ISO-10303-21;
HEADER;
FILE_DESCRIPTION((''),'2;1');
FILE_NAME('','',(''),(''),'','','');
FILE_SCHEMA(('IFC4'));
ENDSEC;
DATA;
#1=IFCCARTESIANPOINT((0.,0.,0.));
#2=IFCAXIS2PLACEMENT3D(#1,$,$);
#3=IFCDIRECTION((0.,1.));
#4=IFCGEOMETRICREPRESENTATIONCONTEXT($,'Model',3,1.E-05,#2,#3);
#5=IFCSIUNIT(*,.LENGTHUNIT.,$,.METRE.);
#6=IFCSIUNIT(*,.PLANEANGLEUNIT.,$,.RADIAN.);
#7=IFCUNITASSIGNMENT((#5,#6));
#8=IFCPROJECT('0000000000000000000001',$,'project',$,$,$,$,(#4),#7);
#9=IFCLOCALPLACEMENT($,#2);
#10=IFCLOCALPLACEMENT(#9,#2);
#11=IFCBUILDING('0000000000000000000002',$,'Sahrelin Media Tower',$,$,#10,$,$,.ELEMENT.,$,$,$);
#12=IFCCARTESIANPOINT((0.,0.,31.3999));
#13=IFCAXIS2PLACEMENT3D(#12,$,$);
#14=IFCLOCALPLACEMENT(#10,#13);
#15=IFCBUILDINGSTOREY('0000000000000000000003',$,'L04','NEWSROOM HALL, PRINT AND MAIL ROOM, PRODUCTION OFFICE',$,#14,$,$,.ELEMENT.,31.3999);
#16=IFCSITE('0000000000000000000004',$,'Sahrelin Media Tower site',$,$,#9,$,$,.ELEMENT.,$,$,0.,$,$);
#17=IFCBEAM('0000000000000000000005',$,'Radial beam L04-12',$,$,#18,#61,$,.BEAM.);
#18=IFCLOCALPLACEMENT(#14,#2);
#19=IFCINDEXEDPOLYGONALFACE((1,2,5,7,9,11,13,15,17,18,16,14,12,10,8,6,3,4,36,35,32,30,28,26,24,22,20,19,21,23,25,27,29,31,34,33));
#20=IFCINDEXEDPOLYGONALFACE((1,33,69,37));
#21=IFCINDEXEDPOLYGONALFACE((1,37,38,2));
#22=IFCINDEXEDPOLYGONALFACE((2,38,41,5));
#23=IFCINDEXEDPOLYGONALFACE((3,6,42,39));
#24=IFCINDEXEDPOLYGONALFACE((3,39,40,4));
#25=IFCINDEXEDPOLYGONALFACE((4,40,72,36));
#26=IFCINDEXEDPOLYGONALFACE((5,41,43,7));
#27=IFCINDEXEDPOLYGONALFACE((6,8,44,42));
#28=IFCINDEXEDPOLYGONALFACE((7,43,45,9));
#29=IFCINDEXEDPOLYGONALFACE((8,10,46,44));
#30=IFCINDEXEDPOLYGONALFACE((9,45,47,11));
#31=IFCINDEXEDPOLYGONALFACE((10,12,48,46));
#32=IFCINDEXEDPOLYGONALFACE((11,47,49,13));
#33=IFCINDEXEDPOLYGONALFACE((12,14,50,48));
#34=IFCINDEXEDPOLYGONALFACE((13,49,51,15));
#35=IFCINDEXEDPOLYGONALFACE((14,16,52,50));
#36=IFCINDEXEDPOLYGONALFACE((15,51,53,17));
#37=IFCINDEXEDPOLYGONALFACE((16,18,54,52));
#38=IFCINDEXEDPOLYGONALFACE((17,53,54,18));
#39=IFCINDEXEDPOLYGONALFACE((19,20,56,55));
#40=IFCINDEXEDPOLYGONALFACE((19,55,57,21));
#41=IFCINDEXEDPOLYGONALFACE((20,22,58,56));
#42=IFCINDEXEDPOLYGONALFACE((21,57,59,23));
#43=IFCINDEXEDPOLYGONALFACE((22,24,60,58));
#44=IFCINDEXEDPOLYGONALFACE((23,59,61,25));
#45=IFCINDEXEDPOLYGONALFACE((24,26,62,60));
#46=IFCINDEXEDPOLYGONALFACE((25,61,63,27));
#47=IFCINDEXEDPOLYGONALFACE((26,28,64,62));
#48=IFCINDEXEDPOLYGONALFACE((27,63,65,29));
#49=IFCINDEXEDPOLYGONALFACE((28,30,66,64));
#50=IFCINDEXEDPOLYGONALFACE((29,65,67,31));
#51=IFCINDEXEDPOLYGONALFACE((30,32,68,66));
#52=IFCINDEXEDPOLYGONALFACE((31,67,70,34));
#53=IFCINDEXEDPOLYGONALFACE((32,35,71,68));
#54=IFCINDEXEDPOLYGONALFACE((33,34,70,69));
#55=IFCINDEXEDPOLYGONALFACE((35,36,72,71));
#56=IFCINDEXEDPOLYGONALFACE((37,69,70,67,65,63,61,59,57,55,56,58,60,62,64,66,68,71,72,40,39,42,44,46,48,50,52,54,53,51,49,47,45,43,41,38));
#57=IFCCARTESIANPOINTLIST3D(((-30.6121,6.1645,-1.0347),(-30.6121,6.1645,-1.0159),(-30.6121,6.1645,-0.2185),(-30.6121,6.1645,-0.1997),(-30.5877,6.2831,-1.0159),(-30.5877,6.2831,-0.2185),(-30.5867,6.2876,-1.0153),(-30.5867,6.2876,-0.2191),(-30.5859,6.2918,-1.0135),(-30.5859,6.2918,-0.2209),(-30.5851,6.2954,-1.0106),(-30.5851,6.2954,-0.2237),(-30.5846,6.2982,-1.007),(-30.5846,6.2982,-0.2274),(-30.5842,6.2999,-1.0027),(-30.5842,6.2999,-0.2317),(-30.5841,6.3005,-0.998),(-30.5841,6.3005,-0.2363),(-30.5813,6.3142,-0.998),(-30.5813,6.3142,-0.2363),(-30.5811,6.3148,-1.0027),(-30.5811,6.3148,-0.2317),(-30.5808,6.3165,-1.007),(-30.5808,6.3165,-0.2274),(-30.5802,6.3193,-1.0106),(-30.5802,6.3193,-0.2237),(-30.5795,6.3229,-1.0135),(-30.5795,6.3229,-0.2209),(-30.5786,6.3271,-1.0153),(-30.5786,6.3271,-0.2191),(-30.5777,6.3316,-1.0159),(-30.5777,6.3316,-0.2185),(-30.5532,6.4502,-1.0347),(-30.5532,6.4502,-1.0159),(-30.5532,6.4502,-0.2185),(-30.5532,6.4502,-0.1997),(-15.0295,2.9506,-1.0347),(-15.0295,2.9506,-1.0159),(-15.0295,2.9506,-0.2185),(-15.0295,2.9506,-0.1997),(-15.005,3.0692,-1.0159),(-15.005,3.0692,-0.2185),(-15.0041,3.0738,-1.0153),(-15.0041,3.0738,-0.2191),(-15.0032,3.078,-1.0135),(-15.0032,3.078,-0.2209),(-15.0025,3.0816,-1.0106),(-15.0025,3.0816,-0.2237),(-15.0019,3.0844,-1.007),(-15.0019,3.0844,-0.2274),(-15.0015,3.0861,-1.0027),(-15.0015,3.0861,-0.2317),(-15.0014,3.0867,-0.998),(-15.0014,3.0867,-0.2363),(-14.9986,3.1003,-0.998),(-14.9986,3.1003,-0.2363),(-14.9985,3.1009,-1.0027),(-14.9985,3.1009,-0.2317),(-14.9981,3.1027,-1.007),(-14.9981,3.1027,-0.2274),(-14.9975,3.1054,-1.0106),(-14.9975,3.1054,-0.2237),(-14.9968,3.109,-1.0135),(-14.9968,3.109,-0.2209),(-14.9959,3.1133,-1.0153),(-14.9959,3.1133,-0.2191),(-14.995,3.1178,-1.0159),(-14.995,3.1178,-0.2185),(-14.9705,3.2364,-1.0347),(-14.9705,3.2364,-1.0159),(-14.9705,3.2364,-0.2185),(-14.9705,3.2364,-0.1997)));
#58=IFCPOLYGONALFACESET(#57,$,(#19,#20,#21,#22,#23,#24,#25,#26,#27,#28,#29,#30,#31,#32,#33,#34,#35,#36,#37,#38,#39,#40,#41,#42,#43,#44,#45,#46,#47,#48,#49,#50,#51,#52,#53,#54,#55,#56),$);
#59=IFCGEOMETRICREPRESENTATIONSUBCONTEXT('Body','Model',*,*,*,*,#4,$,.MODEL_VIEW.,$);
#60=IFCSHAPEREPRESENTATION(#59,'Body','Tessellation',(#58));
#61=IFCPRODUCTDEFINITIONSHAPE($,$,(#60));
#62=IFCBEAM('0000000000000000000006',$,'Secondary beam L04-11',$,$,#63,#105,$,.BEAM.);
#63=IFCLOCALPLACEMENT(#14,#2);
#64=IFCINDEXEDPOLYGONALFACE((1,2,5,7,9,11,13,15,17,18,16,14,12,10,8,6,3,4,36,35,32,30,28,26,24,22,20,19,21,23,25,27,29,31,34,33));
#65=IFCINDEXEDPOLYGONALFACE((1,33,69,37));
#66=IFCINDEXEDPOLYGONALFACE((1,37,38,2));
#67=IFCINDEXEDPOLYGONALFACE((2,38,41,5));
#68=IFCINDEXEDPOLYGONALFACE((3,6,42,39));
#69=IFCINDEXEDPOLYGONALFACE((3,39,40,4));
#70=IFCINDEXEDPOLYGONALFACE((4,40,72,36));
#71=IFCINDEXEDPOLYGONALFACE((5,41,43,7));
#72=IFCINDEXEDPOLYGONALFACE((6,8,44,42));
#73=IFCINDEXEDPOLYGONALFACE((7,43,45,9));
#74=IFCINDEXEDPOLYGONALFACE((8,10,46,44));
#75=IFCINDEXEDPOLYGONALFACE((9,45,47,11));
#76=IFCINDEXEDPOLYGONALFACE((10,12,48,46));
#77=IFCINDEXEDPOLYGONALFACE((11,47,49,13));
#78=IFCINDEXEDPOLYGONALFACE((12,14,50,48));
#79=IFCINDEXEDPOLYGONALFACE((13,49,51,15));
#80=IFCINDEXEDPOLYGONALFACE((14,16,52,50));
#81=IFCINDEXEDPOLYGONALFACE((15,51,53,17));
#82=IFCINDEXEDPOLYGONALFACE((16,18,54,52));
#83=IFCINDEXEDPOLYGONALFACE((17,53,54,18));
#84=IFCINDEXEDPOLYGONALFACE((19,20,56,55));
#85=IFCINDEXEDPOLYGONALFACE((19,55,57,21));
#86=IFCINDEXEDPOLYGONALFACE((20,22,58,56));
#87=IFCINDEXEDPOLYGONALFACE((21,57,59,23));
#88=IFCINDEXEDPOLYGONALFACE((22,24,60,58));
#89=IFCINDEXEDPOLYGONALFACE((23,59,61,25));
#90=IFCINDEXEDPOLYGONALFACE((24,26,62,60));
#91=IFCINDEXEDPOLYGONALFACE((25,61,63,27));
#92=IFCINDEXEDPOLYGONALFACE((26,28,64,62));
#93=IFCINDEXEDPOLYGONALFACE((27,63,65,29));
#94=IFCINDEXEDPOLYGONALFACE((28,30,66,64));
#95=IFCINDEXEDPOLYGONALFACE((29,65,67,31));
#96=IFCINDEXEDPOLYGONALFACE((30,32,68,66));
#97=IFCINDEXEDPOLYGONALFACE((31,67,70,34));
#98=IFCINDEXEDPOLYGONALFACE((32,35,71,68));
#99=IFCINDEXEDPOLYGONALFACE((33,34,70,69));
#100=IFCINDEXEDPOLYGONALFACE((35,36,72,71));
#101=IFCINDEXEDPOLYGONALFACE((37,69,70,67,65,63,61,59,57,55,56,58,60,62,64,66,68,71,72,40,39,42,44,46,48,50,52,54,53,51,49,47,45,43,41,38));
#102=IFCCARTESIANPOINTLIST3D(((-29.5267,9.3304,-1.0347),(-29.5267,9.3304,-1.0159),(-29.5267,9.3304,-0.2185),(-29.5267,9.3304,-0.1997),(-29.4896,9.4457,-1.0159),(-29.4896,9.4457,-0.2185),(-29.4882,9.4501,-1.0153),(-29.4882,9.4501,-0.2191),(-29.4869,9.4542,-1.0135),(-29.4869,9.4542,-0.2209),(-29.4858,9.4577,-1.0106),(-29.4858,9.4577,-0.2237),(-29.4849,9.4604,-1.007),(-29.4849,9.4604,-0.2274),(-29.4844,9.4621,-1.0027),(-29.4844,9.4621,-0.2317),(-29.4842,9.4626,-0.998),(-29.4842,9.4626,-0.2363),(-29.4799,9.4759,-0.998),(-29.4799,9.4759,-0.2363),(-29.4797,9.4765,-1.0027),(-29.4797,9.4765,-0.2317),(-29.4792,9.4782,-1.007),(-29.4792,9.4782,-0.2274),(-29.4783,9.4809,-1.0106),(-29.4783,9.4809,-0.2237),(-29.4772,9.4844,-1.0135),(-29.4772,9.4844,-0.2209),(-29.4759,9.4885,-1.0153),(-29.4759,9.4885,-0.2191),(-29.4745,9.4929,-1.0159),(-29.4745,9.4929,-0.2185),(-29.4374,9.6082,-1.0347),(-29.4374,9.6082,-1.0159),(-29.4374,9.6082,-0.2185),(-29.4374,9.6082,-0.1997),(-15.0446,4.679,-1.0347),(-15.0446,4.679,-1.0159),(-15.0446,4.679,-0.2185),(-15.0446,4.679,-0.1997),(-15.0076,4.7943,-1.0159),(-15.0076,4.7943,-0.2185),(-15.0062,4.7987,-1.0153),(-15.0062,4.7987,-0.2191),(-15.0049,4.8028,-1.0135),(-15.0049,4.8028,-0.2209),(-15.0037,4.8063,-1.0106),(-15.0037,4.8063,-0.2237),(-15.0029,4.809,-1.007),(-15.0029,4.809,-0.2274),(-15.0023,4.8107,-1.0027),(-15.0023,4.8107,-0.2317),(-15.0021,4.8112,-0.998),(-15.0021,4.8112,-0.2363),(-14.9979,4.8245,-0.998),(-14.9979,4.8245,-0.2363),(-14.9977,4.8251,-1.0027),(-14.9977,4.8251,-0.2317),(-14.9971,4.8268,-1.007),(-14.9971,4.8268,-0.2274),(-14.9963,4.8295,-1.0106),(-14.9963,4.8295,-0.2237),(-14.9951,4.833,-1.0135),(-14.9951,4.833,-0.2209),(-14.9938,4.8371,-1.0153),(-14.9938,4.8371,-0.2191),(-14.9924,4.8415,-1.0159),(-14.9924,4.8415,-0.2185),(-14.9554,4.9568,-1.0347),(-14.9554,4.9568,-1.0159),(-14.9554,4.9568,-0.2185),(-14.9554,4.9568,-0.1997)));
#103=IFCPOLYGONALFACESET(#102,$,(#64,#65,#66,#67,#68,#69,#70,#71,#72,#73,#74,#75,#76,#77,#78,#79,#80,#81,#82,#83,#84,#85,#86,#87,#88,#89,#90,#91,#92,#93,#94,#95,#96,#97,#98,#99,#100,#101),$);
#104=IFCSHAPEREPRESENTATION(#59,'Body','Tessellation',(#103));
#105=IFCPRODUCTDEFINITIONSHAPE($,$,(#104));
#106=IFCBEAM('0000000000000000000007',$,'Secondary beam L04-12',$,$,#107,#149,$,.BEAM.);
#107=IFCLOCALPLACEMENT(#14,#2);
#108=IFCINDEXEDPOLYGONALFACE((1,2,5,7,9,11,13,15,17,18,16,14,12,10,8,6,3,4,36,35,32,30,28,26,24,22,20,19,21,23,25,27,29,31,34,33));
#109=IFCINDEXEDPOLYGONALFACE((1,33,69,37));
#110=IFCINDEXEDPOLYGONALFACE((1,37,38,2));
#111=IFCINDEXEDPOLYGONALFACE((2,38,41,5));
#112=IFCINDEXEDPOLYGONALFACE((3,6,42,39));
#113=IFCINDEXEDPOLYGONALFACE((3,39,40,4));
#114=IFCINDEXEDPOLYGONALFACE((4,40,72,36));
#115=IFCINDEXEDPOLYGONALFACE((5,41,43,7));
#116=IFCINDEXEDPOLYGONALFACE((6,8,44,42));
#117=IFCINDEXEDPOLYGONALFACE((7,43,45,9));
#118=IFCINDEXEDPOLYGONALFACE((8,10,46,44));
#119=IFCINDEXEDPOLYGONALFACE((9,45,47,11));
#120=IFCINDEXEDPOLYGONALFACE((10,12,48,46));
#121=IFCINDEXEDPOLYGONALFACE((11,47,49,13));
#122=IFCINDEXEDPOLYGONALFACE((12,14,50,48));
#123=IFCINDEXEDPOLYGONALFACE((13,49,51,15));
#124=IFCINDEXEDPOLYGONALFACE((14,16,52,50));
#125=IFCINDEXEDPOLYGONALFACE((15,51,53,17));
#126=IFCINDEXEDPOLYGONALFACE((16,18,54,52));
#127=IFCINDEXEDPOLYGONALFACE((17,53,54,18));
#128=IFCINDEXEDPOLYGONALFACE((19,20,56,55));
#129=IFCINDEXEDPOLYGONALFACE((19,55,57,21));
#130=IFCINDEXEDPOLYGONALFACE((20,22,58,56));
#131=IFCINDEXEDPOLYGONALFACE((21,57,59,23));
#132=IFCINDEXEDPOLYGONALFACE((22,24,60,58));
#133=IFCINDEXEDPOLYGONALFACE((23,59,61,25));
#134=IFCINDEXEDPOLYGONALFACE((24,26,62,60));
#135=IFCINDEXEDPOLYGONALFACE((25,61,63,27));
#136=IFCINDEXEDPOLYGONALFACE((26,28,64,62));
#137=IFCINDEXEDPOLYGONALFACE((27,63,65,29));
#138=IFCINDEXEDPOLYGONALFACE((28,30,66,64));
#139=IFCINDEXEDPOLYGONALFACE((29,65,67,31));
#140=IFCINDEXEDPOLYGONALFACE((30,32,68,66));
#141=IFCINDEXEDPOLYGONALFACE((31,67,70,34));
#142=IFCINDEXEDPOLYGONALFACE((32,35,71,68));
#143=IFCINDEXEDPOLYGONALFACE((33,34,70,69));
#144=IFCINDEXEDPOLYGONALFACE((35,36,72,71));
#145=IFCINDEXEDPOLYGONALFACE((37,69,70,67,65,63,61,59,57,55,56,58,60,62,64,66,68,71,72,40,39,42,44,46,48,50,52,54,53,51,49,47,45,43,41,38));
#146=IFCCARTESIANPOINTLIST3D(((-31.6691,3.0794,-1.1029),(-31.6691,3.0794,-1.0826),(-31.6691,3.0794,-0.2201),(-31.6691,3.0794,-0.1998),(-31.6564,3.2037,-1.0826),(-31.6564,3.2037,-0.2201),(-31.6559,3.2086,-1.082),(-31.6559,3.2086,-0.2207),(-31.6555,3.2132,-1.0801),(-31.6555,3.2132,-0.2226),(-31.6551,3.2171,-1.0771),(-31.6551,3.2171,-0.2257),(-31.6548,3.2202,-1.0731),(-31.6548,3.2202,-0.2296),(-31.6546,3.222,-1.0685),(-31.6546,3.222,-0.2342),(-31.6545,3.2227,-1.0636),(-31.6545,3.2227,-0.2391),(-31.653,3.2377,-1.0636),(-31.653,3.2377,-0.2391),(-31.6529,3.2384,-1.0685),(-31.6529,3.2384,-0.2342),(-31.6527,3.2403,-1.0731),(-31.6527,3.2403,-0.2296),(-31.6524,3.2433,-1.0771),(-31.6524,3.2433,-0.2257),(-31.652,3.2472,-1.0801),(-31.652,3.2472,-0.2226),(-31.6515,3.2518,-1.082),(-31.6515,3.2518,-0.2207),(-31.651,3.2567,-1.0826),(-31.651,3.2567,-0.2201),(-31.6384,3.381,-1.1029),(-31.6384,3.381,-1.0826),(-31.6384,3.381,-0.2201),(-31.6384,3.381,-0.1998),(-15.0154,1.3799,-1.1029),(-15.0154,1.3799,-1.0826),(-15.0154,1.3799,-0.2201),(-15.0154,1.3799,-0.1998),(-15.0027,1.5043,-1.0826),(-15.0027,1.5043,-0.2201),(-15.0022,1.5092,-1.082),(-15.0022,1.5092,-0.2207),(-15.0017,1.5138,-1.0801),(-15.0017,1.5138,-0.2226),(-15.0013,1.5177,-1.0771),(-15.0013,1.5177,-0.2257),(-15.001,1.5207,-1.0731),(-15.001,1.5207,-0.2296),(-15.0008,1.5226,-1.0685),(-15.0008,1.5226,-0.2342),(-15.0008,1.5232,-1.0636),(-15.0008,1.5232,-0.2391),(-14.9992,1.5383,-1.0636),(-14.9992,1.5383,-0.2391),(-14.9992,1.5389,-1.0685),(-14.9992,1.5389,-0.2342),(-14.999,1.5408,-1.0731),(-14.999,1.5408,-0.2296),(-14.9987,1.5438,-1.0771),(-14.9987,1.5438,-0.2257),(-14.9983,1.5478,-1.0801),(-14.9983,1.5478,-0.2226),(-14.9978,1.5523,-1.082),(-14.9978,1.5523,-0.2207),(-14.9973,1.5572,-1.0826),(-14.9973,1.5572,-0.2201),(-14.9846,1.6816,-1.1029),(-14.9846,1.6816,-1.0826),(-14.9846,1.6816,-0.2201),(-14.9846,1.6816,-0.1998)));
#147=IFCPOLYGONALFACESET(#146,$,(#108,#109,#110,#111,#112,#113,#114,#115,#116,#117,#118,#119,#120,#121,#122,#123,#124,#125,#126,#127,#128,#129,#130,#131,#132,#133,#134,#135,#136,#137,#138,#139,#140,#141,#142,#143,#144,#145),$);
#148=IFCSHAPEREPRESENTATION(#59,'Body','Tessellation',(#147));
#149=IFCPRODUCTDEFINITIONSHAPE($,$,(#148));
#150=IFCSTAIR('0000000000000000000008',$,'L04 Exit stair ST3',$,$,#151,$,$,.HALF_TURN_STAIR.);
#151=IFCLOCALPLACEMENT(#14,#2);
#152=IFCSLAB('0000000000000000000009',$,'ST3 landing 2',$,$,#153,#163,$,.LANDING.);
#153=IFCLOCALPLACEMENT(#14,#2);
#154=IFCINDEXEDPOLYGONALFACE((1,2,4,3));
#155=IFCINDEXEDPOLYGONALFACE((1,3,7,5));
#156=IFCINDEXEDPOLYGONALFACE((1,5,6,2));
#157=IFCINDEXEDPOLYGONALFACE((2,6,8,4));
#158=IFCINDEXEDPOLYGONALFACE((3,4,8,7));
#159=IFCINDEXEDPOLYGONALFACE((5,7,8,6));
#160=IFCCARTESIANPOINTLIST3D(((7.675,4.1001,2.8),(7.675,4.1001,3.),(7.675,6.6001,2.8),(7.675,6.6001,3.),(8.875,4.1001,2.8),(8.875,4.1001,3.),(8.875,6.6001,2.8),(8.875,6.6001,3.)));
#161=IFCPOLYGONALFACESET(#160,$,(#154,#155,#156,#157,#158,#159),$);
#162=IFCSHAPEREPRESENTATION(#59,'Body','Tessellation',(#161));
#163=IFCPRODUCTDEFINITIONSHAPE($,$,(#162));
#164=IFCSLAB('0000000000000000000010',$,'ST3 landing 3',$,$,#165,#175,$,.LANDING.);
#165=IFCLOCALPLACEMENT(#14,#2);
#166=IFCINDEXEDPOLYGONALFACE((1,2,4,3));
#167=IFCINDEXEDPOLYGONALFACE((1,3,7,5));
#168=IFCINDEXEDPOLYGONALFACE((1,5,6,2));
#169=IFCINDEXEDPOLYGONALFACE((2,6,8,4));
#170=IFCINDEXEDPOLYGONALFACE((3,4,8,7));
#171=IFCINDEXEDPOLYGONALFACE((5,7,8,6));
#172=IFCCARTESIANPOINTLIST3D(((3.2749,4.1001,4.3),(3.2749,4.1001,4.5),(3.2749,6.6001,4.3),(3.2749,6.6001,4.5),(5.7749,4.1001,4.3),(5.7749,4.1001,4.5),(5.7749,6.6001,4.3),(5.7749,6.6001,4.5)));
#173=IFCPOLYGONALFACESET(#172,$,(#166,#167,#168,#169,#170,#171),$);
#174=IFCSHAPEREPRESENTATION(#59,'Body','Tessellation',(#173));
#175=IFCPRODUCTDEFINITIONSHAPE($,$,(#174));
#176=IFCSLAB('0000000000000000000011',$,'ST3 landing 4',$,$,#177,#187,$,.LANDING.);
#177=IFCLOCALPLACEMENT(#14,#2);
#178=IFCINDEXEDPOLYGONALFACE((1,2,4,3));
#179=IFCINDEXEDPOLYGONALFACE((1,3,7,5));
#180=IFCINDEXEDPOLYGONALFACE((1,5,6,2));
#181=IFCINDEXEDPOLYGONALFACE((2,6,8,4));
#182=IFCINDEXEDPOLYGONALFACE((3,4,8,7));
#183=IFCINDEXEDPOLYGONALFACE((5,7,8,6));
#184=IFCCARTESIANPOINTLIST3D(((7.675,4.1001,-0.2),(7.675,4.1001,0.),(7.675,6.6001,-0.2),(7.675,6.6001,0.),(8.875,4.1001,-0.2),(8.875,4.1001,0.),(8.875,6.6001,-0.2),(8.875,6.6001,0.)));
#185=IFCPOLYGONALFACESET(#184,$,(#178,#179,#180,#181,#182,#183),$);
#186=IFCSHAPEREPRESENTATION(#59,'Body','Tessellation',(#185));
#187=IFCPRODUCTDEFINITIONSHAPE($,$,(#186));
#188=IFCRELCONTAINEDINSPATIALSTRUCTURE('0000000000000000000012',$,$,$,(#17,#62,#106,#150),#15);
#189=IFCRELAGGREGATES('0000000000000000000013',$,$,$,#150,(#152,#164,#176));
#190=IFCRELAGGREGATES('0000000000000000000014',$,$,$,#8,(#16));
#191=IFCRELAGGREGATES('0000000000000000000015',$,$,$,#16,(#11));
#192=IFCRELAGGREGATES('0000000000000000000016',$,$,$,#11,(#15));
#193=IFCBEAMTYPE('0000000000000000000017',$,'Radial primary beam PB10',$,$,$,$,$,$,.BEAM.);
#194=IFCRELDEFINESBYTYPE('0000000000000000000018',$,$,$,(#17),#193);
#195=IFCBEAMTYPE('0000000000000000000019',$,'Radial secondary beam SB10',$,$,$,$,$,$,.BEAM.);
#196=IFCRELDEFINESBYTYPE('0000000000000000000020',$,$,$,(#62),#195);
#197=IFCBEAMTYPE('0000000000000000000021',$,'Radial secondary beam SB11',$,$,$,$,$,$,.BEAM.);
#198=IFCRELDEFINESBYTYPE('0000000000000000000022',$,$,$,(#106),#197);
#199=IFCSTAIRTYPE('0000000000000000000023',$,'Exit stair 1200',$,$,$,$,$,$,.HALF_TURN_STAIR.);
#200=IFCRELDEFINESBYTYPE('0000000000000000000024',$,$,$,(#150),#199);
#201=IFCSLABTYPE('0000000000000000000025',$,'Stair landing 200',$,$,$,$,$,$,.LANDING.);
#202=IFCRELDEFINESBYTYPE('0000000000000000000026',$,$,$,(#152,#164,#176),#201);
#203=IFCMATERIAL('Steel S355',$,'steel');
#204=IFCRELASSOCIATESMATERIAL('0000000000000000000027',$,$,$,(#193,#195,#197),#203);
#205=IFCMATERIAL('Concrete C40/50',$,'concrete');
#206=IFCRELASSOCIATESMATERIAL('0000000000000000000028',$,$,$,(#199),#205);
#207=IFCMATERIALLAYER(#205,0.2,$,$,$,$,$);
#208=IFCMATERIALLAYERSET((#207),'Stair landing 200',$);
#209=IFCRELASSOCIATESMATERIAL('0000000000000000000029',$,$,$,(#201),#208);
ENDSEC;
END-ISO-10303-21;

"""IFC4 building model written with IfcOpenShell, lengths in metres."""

from ifc_helpers import new_model, si_unit, direction, frame, origin, origin_2d, place, context, subcontext, project, spatial, polyline, i_section, outline, extrude, material, layer, layer_set, material_profile, profile_set, type_object, element, aggregate, save


model = new_model("IFC4")

# Units and contexts
model_context = context("Model", 3, precision=1e-05, world=origin(), true_north=direction((0.0, 1.0)))
body_context = subcontext(model_context, "Body", "Model", "MODEL_VIEW")
ifc_project = project(units=[si_unit("LENGTHUNIT", "METRE"), si_unit("PLANEANGLEUNIT", "RADIAN")], contexts=[model_context])

# Site, building, storey
site_placement = place(None, origin())
site = spatial("IfcSite", under=ifc_project, at=site_placement, Name="Sahrelin Media Tower site", CompositionType="ELEMENT", RefElevation=0.0)
building_placement = place(site_placement, origin())
building = spatial("IfcBuilding", under=site, at=building_placement, Name="Sahrelin Media Tower", CompositionType="ELEMENT")
storey_placement = place(building_placement, frame((0.0, 0.0, 31.3999)))
storey = spatial("IfcBuildingStorey", under=building, at=storey_placement, Name="L04", Description="NEWSROOM HALL, PRINT AND MAIL ROOM, PRODUCTION OFFICE", CompositionType="ELEMENT", Elevation=31.3999)

# Beams
ifc_material_1 = material(Name="Steel S355", Category="steel")
ifc_material_profile_1 = material_profile(ifc_material_1, i_section(OverallWidth=0.2917, OverallDepth=0.835, WebThickness=0.0139, FlangeThickness=0.0188, FilletRadius=0.0178, at=origin_2d()), Name="UB 838x292x176")
ifc_profile_set_1 = profile_set([ifc_material_profile_1], Name="Steel S355")
beam_type_1 = type_object("IfcBeamType", Name="Radial primary beam PB10", PredefinedType="BEAM", material=ifc_profile_set_1)
beam_1_placement = place(storey_placement, frame((-15.0, 3.0935, -0.6172), z_axis=(-0.979387, 0.201994, 0.0), x_axis=(-0.201994, -0.979387, 0.0)))
element("IfcBeam", 1, at=beam_1_placement, inside=storey, type_object=beam_type_1, Name="Radial beam L04-12", PredefinedType="BEAM", context=body_context, shape_type="SweptSolid", body=[
    extrude(i_section(OverallWidth=0.2917, OverallDepth=0.835, WebThickness=0.0139, FlangeThickness=0.0188, FilletRadius=0.0178, at=origin_2d()), origin(), (0.0, 0.0, 1.0), 15.9106),
])
ifc_material_profile_2 = material_profile(ifc_material_1, i_section(OverallWidth=0.2917, OverallDepth=0.835, WebThickness=0.0139, FlangeThickness=0.0188, FilletRadius=0.0178, at=origin_2d()), Name="UB 838x292x176")
ifc_profile_set_2 = profile_set([ifc_material_profile_2], Name="Steel S355")
beam_type_2 = type_object("IfcBeamType", Name="Radial secondary beam SB10", PredefinedType="BEAM", material=ifc_profile_set_2)
beam_2_placement = place(storey_placement, frame((-15.0, 4.8179, -0.6172), z_axis=(-0.952096, 0.305798, 0.0), x_axis=(-0.305798, -0.952096, 0.0)))
element("IfcBeam", 2, at=beam_2_placement, inside=storey, type_object=beam_type_2, Name="Secondary beam L04-11", PredefinedType="BEAM", context=body_context, shape_type="SweptSolid", body=[
    extrude(i_section(OverallWidth=0.2917, OverallDepth=0.835, WebThickness=0.0139, FlangeThickness=0.0188, FilletRadius=0.0178, at=origin_2d()), origin(), (0.0, 0.0, 1.0), 15.2107),
])
ifc_material_profile_3 = material_profile(ifc_material_1, i_section(OverallWidth=0.3032, OverallDepth=0.9031, WebThickness=0.0151, FlangeThickness=0.0203, FilletRadius=0.019, at=origin_2d()), Name="UB 914x305x201")
ifc_profile_set_3 = profile_set([ifc_material_profile_3], Name="Steel S355")
beam_type_3 = type_object("IfcBeamType", Name="Radial secondary beam SB11", PredefinedType="BEAM", material=ifc_profile_set_3)
beam_3_placement = place(storey_placement, frame((-15.0, 1.5308, -0.6514), z_axis=(-0.994834, 0.101519, 0.0), x_axis=(-0.101519, -0.994834, 0.0)))
element("IfcBeam", 3, at=beam_3_placement, inside=storey, type_object=beam_type_3, Name="Secondary beam L04-12", PredefinedType="BEAM", context=body_context, shape_type="SweptSolid", body=[
    extrude(i_section(OverallWidth=0.3032, OverallDepth=0.9031, WebThickness=0.0151, FlangeThickness=0.0203, FilletRadius=0.019, at=origin_2d()), origin(), (0.0, 0.0, 1.0), 16.7402),
])

# Stair, slabs
ifc_material_2 = material(Name="Concrete C40/50", Category="concrete")
stair_type = type_object("IfcStairType", Name="Exit stair 1200", PredefinedType="HALF_TURN_STAIR", material=ifc_material_2)
placement = place(storey_placement, origin())
stair_1 = element("IfcStair", 4, at=placement, inside=storey, type_object=stair_type, Name="L04 Exit stair ST3", PredefinedType="HALF_TURN_STAIR")
ifc_layer_1 = layer(ifc_material_2, 0.2)
ifc_layer_set_1 = layer_set([ifc_layer_1], Name="Stair landing 200")
slab_type = type_object("IfcSlabType", Name="Stair landing 200", PredefinedType="LANDING", material=ifc_layer_set_1)
slab_1_placement = place(storey_placement, frame((0.0, 0.0, 2.8)))
slab_1 = element("IfcSlab", 5, at=slab_1_placement, type_object=slab_type, Name="ST3 landing 2", PredefinedType="LANDING", context=body_context, shape_type="SweptSolid", body=[
    extrude(outline(polyline([(8.875, 6.6001), (7.675, 6.6001), (7.675, 4.1001), (8.875, 4.1001), (8.875, 6.6001)])), origin(), (0.0, 0.0, 1.0), 0.2),
])
slab_2_placement = place(storey_placement, frame((0.0, 0.0, 4.3)))
slab_2 = element("IfcSlab", 6, at=slab_2_placement, type_object=slab_type, Name="ST3 landing 3", PredefinedType="LANDING", context=body_context, shape_type="SweptSolid", body=[
    extrude(outline(polyline([(5.7749, 6.6001), (3.2749, 6.6001), (3.2749, 4.1001), (5.7749, 4.1001), (5.7749, 6.6001)])), origin(), (0.0, 0.0, 1.0), 0.2),
])
slab_3_placement = place(storey_placement, frame((0.0, 0.0, -0.2)))
slab_3 = element("IfcSlab", 7, at=slab_3_placement, type_object=slab_type, Name="ST3 landing 4", PredefinedType="LANDING", context=body_context, shape_type="SweptSolid", body=[
    extrude(outline(polyline([(8.875, 6.6001), (7.675, 6.6001), (7.675, 4.1001), (8.875, 4.1001), (8.875, 6.6001)])), origin(), (0.0, 0.0, 1.0), 0.2),
])
aggregate(stair_1, [slab_1, slab_2, slab_3])

save(model, "model.ifc")
